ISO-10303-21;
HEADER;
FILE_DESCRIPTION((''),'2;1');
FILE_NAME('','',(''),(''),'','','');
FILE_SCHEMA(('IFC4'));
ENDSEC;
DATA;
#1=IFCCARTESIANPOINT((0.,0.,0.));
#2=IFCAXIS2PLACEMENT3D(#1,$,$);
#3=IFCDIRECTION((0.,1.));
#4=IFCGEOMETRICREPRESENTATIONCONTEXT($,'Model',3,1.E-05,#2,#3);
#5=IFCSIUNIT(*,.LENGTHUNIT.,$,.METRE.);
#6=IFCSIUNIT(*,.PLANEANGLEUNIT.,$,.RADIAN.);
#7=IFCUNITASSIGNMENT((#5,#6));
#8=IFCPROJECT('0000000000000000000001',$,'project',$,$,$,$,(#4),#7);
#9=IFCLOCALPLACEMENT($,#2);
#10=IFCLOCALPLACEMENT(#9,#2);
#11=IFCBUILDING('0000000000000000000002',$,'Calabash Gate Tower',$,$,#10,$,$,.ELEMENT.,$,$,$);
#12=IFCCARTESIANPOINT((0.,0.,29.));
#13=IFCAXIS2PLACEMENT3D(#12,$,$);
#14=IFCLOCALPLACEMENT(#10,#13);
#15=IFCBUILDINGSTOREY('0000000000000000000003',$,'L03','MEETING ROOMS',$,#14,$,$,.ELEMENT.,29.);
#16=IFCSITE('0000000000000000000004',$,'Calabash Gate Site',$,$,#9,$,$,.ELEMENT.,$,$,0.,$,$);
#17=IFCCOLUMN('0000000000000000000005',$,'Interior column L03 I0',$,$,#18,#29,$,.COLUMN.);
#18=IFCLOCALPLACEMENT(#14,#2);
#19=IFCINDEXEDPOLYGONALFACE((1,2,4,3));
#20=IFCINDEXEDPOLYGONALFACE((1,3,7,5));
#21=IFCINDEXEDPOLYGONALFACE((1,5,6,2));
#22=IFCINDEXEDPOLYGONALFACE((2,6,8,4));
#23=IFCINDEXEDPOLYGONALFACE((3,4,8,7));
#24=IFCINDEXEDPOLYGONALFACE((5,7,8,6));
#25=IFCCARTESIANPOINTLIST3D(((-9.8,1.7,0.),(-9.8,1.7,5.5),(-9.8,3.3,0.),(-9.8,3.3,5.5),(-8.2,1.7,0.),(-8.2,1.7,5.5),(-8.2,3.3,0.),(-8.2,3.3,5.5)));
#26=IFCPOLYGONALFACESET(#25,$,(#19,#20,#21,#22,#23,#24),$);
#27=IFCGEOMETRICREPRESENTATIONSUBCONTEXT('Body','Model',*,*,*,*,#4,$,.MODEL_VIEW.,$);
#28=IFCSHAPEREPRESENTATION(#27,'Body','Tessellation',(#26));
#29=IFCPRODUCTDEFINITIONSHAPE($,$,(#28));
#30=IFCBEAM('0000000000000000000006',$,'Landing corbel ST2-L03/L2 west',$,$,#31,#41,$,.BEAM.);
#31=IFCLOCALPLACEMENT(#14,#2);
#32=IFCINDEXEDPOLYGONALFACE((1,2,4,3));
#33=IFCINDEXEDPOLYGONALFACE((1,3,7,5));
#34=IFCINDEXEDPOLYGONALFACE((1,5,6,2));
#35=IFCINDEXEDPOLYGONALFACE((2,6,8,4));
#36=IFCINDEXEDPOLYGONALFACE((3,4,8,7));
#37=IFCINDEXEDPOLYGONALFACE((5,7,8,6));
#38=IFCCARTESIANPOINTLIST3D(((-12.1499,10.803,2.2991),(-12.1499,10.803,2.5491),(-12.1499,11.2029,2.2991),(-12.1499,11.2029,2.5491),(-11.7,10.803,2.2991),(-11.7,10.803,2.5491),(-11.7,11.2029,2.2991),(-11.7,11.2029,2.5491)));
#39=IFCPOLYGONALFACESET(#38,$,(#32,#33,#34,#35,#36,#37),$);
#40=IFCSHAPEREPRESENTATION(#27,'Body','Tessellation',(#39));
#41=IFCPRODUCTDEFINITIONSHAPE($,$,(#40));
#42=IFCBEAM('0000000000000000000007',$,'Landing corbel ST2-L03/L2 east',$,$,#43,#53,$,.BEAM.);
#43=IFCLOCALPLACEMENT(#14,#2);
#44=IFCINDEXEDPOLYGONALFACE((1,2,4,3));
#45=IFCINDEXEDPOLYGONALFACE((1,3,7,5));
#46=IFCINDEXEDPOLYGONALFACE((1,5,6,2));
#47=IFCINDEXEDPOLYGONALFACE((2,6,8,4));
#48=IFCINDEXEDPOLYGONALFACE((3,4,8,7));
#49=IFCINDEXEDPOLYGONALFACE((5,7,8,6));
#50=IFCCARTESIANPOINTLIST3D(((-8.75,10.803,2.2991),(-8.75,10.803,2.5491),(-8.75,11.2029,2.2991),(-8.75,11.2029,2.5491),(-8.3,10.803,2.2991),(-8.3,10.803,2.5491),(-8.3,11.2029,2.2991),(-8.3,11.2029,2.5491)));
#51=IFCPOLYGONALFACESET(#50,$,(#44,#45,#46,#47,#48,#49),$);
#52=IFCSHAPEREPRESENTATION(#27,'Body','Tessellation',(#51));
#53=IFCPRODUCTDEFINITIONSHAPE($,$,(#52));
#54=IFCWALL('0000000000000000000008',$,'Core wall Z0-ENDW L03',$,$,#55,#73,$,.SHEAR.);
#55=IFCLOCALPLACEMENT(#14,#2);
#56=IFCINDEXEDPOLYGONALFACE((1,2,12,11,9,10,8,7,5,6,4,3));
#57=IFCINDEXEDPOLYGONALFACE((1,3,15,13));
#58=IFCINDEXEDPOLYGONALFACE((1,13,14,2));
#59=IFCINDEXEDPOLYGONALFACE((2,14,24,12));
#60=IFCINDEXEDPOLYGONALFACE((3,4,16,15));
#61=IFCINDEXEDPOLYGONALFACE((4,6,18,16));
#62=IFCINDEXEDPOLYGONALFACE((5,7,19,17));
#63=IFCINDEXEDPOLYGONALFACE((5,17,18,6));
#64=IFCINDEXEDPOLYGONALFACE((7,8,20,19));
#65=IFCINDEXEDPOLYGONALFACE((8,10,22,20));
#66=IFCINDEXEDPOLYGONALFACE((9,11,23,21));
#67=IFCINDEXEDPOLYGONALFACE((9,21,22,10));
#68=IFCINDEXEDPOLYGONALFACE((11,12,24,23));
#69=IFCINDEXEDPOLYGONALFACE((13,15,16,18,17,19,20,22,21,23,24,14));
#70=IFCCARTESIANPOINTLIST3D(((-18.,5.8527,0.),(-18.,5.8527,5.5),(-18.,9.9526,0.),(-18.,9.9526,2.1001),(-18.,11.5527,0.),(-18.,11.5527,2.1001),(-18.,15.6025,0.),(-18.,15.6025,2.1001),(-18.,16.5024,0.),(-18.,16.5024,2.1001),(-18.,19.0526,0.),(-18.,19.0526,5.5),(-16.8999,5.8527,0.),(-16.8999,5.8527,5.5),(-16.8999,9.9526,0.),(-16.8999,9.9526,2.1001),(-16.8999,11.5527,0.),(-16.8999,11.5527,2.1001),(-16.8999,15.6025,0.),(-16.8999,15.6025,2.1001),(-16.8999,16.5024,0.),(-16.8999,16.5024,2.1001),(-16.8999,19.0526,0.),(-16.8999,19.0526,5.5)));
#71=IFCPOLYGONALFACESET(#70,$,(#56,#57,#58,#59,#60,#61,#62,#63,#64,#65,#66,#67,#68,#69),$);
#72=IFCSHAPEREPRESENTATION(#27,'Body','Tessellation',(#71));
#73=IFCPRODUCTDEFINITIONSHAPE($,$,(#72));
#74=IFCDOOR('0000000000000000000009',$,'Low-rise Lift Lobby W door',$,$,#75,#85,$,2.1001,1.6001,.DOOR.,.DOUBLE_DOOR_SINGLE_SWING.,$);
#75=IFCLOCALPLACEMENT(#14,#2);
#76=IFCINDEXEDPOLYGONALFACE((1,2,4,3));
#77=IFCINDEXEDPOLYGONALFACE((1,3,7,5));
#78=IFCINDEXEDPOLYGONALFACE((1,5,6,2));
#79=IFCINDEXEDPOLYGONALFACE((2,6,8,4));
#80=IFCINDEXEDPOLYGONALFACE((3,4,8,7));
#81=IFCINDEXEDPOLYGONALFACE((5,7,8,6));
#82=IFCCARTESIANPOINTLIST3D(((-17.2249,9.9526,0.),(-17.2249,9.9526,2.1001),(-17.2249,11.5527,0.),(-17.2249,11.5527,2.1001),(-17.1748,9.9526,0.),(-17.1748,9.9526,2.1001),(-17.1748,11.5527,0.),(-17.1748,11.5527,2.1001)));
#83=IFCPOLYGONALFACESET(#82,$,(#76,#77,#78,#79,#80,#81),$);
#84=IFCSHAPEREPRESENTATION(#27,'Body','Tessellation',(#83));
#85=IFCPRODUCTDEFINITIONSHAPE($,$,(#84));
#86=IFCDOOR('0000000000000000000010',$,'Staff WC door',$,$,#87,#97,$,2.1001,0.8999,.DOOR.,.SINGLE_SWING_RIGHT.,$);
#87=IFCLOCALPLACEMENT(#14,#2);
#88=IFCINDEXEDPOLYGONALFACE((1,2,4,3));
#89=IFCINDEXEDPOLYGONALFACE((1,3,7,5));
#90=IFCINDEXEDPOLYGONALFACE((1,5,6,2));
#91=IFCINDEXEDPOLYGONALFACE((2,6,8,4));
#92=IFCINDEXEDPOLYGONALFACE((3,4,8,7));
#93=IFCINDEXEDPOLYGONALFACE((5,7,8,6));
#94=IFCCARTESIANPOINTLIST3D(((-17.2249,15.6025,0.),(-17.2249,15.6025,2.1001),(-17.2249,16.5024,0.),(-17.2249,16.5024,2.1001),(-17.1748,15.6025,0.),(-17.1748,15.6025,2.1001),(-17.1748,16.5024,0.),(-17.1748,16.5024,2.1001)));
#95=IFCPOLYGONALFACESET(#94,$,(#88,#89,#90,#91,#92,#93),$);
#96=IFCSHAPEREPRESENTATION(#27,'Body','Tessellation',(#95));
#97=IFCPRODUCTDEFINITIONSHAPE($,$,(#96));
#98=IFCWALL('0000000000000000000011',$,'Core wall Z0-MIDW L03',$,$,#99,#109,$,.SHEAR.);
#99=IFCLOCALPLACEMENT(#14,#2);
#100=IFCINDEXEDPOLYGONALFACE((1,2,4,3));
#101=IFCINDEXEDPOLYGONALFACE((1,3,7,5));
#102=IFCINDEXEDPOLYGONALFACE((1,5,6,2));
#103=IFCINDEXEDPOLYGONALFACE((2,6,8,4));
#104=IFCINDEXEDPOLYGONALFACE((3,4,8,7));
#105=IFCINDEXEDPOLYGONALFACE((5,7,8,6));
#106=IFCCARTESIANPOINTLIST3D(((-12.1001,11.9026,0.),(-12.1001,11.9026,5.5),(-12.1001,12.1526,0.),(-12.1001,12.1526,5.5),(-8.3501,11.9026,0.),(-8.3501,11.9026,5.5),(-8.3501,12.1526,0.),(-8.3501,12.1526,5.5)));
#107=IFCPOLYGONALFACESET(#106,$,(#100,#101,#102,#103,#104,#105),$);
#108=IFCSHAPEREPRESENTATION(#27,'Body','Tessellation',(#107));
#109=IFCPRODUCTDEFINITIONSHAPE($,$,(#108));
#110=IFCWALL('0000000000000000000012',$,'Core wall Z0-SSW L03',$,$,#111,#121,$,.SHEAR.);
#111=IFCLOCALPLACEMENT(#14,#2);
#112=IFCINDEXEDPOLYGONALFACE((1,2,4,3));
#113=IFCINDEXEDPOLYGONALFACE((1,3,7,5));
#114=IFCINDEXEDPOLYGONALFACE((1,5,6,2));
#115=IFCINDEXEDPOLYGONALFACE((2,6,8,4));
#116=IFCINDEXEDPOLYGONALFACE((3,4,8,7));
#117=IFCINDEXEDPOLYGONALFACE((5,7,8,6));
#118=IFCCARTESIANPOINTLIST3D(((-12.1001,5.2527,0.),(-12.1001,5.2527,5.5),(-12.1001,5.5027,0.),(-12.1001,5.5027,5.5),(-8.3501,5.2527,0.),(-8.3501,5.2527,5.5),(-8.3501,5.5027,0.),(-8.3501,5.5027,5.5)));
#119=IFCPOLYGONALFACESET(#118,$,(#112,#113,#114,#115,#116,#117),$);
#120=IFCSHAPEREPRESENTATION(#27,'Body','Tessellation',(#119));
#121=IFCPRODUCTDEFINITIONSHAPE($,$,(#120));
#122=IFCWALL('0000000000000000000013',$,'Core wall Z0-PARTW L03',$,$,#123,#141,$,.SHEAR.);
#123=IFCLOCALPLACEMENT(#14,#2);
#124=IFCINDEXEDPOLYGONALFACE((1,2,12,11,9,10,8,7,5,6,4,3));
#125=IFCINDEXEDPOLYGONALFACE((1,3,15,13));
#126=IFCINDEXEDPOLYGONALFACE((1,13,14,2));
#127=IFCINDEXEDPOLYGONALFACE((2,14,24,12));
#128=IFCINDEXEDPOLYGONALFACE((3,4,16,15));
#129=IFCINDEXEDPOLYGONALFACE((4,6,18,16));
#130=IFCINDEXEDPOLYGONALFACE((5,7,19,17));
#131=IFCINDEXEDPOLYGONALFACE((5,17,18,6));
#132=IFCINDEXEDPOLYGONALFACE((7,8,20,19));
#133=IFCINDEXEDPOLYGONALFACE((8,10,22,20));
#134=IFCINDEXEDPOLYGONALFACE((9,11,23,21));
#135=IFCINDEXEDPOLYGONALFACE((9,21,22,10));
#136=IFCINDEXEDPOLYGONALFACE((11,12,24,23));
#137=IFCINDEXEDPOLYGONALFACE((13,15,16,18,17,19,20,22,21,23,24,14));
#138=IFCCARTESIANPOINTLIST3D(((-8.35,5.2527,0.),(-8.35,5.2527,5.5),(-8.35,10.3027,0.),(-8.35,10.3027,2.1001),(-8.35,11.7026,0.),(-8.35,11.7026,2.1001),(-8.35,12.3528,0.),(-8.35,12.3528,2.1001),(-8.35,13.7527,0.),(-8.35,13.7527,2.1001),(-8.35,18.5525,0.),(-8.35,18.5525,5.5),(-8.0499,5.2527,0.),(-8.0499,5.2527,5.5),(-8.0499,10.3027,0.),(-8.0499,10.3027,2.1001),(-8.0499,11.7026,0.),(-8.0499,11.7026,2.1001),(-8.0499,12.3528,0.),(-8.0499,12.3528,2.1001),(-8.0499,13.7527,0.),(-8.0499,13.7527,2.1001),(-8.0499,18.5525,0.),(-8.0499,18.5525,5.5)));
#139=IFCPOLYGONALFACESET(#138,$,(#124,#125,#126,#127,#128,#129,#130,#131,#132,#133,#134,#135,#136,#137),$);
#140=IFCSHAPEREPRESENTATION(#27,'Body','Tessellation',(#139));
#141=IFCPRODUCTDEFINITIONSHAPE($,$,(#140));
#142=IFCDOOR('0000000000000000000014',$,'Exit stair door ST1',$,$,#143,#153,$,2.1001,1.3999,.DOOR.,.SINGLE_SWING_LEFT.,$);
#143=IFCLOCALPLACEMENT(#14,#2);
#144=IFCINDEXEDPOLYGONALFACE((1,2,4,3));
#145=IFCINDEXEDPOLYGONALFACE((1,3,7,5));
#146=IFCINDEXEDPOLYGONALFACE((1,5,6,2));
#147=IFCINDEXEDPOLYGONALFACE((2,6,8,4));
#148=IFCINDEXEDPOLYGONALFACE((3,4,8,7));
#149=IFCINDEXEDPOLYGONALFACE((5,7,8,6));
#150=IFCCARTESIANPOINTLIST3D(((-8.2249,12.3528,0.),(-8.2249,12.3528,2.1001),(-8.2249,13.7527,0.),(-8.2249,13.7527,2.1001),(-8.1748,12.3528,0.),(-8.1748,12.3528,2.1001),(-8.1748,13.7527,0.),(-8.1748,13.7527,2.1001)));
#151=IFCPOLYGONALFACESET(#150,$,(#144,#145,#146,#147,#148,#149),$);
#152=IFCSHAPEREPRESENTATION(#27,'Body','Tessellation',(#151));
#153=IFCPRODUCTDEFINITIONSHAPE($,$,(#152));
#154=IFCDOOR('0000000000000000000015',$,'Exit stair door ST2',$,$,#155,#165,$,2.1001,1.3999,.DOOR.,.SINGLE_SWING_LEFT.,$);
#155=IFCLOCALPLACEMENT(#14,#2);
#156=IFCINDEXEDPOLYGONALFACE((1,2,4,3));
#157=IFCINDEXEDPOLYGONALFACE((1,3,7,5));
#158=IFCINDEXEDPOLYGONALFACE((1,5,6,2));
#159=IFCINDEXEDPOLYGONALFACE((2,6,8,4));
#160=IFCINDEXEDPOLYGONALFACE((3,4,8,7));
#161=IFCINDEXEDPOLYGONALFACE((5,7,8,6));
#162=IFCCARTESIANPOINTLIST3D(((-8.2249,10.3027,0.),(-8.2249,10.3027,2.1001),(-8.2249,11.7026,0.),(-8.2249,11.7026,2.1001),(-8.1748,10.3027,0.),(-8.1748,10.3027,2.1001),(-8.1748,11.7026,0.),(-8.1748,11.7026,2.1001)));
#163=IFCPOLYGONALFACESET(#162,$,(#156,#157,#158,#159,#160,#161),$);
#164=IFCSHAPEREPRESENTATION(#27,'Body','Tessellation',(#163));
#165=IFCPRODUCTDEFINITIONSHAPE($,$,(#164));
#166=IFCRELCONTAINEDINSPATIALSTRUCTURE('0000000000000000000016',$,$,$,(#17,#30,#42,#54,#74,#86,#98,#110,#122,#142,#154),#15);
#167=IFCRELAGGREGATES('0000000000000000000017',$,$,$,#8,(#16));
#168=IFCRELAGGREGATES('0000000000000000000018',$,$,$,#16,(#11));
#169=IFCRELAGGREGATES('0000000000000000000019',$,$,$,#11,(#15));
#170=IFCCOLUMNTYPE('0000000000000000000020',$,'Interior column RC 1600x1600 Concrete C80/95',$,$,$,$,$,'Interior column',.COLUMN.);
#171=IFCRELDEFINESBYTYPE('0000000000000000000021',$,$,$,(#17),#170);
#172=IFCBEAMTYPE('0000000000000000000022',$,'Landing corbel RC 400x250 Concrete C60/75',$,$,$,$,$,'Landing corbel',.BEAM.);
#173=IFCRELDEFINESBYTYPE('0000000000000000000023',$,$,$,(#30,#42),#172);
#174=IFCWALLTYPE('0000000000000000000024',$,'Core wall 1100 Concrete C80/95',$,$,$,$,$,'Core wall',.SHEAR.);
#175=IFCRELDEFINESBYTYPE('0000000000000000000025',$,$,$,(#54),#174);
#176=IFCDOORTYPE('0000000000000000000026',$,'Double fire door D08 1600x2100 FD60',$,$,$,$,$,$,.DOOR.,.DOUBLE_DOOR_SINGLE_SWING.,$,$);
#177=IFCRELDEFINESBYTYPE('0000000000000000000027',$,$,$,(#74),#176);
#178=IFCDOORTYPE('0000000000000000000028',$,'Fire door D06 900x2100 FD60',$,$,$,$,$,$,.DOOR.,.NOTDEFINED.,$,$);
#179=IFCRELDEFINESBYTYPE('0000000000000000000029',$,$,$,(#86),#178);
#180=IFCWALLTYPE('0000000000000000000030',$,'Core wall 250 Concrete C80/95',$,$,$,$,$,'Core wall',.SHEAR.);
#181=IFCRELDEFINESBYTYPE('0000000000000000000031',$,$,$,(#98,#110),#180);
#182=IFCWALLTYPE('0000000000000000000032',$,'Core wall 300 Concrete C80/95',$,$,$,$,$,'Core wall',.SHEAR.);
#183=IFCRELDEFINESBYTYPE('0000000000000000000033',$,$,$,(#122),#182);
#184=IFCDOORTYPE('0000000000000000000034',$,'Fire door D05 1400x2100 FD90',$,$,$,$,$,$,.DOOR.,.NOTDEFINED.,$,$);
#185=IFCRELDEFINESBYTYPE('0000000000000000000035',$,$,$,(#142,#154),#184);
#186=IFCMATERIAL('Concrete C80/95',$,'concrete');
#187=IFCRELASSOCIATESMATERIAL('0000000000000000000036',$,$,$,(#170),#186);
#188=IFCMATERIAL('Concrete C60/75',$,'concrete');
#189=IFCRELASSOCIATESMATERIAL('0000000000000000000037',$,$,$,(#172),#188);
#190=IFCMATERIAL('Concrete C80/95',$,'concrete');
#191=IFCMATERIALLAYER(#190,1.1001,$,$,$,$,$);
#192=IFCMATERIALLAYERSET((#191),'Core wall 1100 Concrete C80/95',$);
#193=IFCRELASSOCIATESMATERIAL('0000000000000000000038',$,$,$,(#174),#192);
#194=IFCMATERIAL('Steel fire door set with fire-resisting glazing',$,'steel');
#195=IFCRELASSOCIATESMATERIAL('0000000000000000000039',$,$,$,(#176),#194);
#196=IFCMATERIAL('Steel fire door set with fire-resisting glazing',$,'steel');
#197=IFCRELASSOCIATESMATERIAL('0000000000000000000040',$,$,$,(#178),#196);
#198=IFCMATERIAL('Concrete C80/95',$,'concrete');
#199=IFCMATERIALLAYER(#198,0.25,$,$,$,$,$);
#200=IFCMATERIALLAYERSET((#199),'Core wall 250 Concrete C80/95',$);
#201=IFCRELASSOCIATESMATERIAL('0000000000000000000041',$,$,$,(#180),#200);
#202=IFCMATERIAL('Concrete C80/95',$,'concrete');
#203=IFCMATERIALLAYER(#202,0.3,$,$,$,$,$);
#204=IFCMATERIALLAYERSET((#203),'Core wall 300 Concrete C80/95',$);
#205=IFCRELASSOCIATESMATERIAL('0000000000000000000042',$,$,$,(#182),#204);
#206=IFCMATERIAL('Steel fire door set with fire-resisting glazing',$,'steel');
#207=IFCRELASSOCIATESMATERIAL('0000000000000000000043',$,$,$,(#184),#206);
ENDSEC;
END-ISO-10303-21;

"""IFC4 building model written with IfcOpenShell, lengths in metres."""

from ifc_helpers import new_model, si_unit, direction, frame, frame_2d, origin, origin_2d, place, context, subcontext, project, spatial, rectangle, extrude, material, layer, layer_set, material_profile, profile_set, type_object, element, fill, save


model = new_model("IFC4")

# Units and contexts
model_context = context("Model", 3, precision=1e-05, world=origin(), true_north=direction((0.0, 1.0)))
body_context = subcontext(model_context, "Body", "Model", "MODEL_VIEW")
ifc_project = project(units=[si_unit("LENGTHUNIT", "METRE"), si_unit("PLANEANGLEUNIT", "RADIAN")], contexts=[model_context])

# Site, building, storey
site_placement = place(None, origin())
site = spatial("IfcSite", under=ifc_project, at=site_placement, Name="Calabash Gate Site", CompositionType="ELEMENT", RefElevation=0.0)
building_placement = place(site_placement, origin())
building = spatial("IfcBuilding", under=site, at=building_placement, Name="Calabash Gate Tower", CompositionType="ELEMENT")
storey_placement = place(building_placement, frame((0.0, 0.0, 29.0)))
storey = spatial("IfcBuildingStorey", under=building, at=storey_placement, Name="L03", Description="MEETING ROOMS", CompositionType="ELEMENT", Elevation=29.0)

# Column
ifc_material_1 = material(Name="Concrete C80/95", Category="concrete")
ifc_material_profile_1 = material_profile(ifc_material_1, rectangle(XDim=1.6001, YDim=1.6001, at=origin_2d()))
ifc_profile_set_1 = profile_set([ifc_material_profile_1], Name="Concrete C80/95")
column_type = type_object("IfcColumnType", Name="Interior column RC 1600x1600 Concrete C80/95", ElementType="Interior column", PredefinedType="COLUMN", material=ifc_profile_set_1)
column_placement = place(storey_placement, frame((-9.0, 2.5, 0.0), z_axis=(0.0, 0.0, 1.0), x_axis=(1.0, 0.0, 0.0)))
element("IfcColumn", 1, at=column_placement, inside=storey, type_object=column_type, Name="Interior column L03 I0", PredefinedType="COLUMN", context=body_context, shape_type="SweptSolid", body=[
    extrude(rectangle(XDim=1.6001, YDim=1.6001, at=origin_2d()), origin(), (0.0, 0.0, 1.0), 5.5),
])

# Beams
ifc_material_2 = material(Name="Concrete C60/75", Category="concrete")
ifc_material_profile_2 = material_profile(ifc_material_2, rectangle(XDim=0.3999, YDim=0.25, at=origin_2d()))
ifc_profile_set_2 = profile_set([ifc_material_profile_2], Name="Concrete C60/75")
beam_type = type_object("IfcBeamType", Name="Landing corbel RC 400x250 Concrete C60/75", ElementType="Landing corbel", PredefinedType="BEAM", material=ifc_profile_set_2)
for number, where, z_axis, x_axis, name in (
    (2, (-12.1499, 11.0029, 2.4241), (1.0, 0.0, 0.0), (0.0, 1.0, 0.0), "Landing corbel ST2-L03/L2 west"),
    (3, (-8.3, 11.0029, 2.4241), (-1.0, 0.0, 0.0), (0.0, -1.0, 0.0), "Landing corbel ST2-L03/L2 east"),
):
    element("IfcBeam", number, at=place(storey_placement, frame(where, z_axis=z_axis, x_axis=x_axis)), inside=storey, type_object=beam_type, Name=name, PredefinedType="BEAM", context=body_context, shape_type="SweptSolid", body=[
        extrude(rectangle(XDim=0.3999, YDim=0.25, at=origin_2d()), origin(), (0.0, 0.0, 1.0), 0.45),
    ])

# Wall, openings, doors
ifc_material_3 = material(Name="Concrete C80/95", Category="concrete")
ifc_layer_1 = layer(ifc_material_3, 1.1001)
ifc_layer_set_1 = layer_set([ifc_layer_1], Name="Core wall 1100 Concrete C80/95")
wall_type_1 = type_object("IfcWallType", Name="Core wall 1100 Concrete C80/95", ElementType="Core wall", PredefinedType="SHEAR", material=ifc_layer_set_1)
wall_1_placement = place(storey_placement, frame((-17.45, 5.8525, 0.0), z_axis=(0.0, 0.0, 1.0), x_axis=(0.0, 1.0, 0.0)))
wall_1 = element("IfcWall", 4, at=wall_1_placement, inside=storey, type_object=wall_type_1, Name="Core wall Z0-ENDW L03", PredefinedType="SHEAR", context=body_context, shape_type="SweptSolid", body=[
    extrude(rectangle(XDim=13.2, YDim=1.1001, at=frame_2d((6.6001, 0.0))), origin(), (0.0, 0.0, 1.0), 5.5),
])
opening_1_placement = place(wall_1_placement, frame((4.1001, 0.0, 0.0)))
opening_1 = element("IfcOpeningElement", 5, at=opening_1_placement, cuts=wall_1, PredefinedType="OPENING", context=body_context, shape_type="SweptSolid", body=[
    extrude(rectangle(XDim=1.6001, YDim=2.1001, at=frame_2d((0.8, 1.05))), frame((0.0, 0.5601, 0.0), z_axis=(0.0, -1.0, 0.0), x_axis=(1.0, 0.0, 0.0)), (0.0, 0.0, 1.0), 1.1201),
])
opening_2_placement = place(wall_1_placement, frame((9.75, 0.0, 0.0)))
opening_2 = element("IfcOpeningElement", 6, at=opening_2_placement, cuts=wall_1, PredefinedType="OPENING", context=body_context, shape_type="SweptSolid", body=[
    extrude(rectangle(XDim=0.8999, YDim=2.1001, at=frame_2d((0.45, 1.05))), frame((0.0, 0.5601, 0.0), z_axis=(0.0, -1.0, 0.0), x_axis=(1.0, 0.0, 0.0)), (0.0, 0.0, 1.0), 1.1201),
])
ifc_material_4 = material(Name="Steel fire door set with fire-resisting glazing", Category="steel")
door_type_1 = type_object("IfcDoorType", Name="Double fire door D08 1600x2100 FD60", OperationType="DOUBLE_DOOR_SINGLE_SWING", PredefinedType="DOOR", material=ifc_material_4)
door_1_placement = place(opening_1_placement, origin())
door_1 = element("IfcDoor", 7, at=door_1_placement, inside=storey, type_object=door_type_1, Name="Low-rise Lift Lobby W door", OperationType="DOUBLE_DOOR_SINGLE_SWING", OverallHeight=2.1001, OverallWidth=1.6001, PredefinedType="DOOR", context=body_context, shape_type="SweptSolid", body=[
    extrude(rectangle(XDim=1.6001, YDim=2.1001, at=frame_2d((0.8, 1.05))), frame((0.0, -0.2251, 0.0), z_axis=(0.0, -1.0, 0.0), x_axis=(1.0, 0.0, 0.0)), (0.0, 0.0, 1.0), 0.05),
])
fill(opening_1, door_1)
ifc_material_5 = material(Name="Steel fire door set with fire-resisting glazing", Category="steel")
door_type_2 = type_object("IfcDoorType", Name="Fire door D06 900x2100 FD60", OperationType="NOTDEFINED", PredefinedType="DOOR", material=ifc_material_5)
door_2_placement = place(opening_2_placement, origin())
door_2 = element("IfcDoor", 8, at=door_2_placement, inside=storey, type_object=door_type_2, Name="Staff WC door", OperationType="SINGLE_SWING_RIGHT", OverallHeight=2.1001, OverallWidth=0.8999, PredefinedType="DOOR", context=body_context, shape_type="SweptSolid", body=[
    extrude(rectangle(XDim=0.8999, YDim=2.1001, at=frame_2d((0.45, 1.05))), frame((0.0, -0.2251, 0.0), z_axis=(0.0, -1.0, 0.0), x_axis=(1.0, 0.0, 0.0)), (0.0, 0.0, 1.0), 0.05),
])
fill(opening_2, door_2)

# Walls
ifc_material_6 = material(Name="Concrete C80/95", Category="concrete")
ifc_layer_2 = layer(ifc_material_6, 0.25)
ifc_layer_set_2 = layer_set([ifc_layer_2], Name="Core wall 250 Concrete C80/95")
wall_type_2 = type_object("IfcWallType", Name="Core wall 250 Concrete C80/95", ElementType="Core wall", PredefinedType="SHEAR", material=ifc_layer_set_2)
for number, where, z_axis, x_axis, name in (
    (9, (-12.1001, 12.0276, 0.0), (0.0, 0.0, 1.0), (1.0, 0.0, 0.0), "Core wall Z0-MIDW L03"),
    (10, (-12.1001, 5.3777, 0.0), (0.0, 0.0, 1.0), (1.0, 0.0, 0.0), "Core wall Z0-SSW L03"),
):
    element("IfcWall", number, at=place(storey_placement, frame(where, z_axis=z_axis, x_axis=x_axis)), inside=storey, type_object=wall_type_2, Name=name, PredefinedType="SHEAR", context=body_context, shape_type="SweptSolid", body=[
        extrude(rectangle(XDim=3.75, YDim=0.25, at=frame_2d((1.875, 0.0))), origin(), (0.0, 0.0, 1.0), 5.5),
    ])

# Wall, openings, doors
ifc_material_7 = material(Name="Concrete C80/95", Category="concrete")
ifc_layer_3 = layer(ifc_material_7, 0.3)
ifc_layer_set_3 = layer_set([ifc_layer_3], Name="Core wall 300 Concrete C80/95")
wall_type_3 = type_object("IfcWallType", Name="Core wall 300 Concrete C80/95", ElementType="Core wall", PredefinedType="SHEAR", material=ifc_layer_set_3)
wall_2_placement = place(storey_placement, frame((-8.2, 5.2527, 0.0), z_axis=(0.0, 0.0, 1.0), x_axis=(0.0, 1.0, 0.0)))
wall_2 = element("IfcWall", 11, at=wall_2_placement, inside=storey, type_object=wall_type_3, Name="Core wall Z0-PARTW L03", PredefinedType="SHEAR", context=body_context, shape_type="SweptSolid", body=[
    extrude(rectangle(XDim=13.2998, YDim=0.3, at=frame_2d((6.6499, 0.0))), origin(), (0.0, 0.0, 1.0), 5.5),
])
opening_3_placement = place(wall_2_placement, frame((7.1001, 0.0, 0.0)))
opening_3 = element("IfcOpeningElement", 12, at=opening_3_placement, cuts=wall_2, PredefinedType="OPENING", context=body_context, shape_type="SweptSolid", body=[
    extrude(rectangle(XDim=1.3999, YDim=2.1001, at=frame_2d((0.7, 1.05))), frame((0.0, 0.1599, 0.0), z_axis=(0.0, -1.0, 0.0), x_axis=(1.0, 0.0, 0.0)), (0.0, 0.0, 1.0), 0.3201),
])
opening_4_placement = place(wall_2_placement, frame((5.05, 0.0, 0.0)))
opening_4 = element("IfcOpeningElement", 13, at=opening_4_placement, cuts=wall_2, PredefinedType="OPENING", context=body_context, shape_type="SweptSolid", body=[
    extrude(rectangle(XDim=1.3999, YDim=2.1001, at=frame_2d((0.7, 1.05))), frame((0.0, 0.1599, 0.0), z_axis=(0.0, -1.0, 0.0), x_axis=(1.0, 0.0, 0.0)), (0.0, 0.0, 1.0), 0.3201),
])
ifc_material_8 = material(Name="Steel fire door set with fire-resisting glazing", Category="steel")
door_type_3 = type_object("IfcDoorType", Name="Fire door D05 1400x2100 FD90", OperationType="NOTDEFINED", PredefinedType="DOOR", material=ifc_material_8)
door_3_placement = place(opening_3_placement, origin())
door_3 = element("IfcDoor", 14, at=door_3_placement, inside=storey, type_object=door_type_3, Name="Exit stair door ST1", OperationType="SINGLE_SWING_LEFT", OverallHeight=2.1001, OverallWidth=1.3999, PredefinedType="DOOR", context=body_context, shape_type="SweptSolid", body=[
    extrude(rectangle(XDim=1.3999, YDim=2.1001, at=frame_2d((0.7, 1.05))), frame((0.0, 0.0249, 0.0), z_axis=(0.0, -1.0, 0.0), x_axis=(1.0, 0.0, 0.0)), (0.0, 0.0, 1.0), 0.05),
])
fill(opening_3, door_3)
door_4_placement = place(opening_4_placement, origin())
door_4 = element("IfcDoor", 15, at=door_4_placement, inside=storey, type_object=door_type_3, Name="Exit stair door ST2", OperationType="SINGLE_SWING_LEFT", OverallHeight=2.1001, OverallWidth=1.3999, PredefinedType="DOOR", context=body_context, shape_type="SweptSolid", body=[
    extrude(rectangle(XDim=1.3999, YDim=2.1001, at=frame_2d((0.7, 1.05))), frame((0.0, 0.0249, 0.0), z_axis=(0.0, -1.0, 0.0), x_axis=(1.0, 0.0, 0.0)), (0.0, 0.0, 1.0), 0.05),
])
fill(opening_4, door_4)

save(model, "model.ifc")
